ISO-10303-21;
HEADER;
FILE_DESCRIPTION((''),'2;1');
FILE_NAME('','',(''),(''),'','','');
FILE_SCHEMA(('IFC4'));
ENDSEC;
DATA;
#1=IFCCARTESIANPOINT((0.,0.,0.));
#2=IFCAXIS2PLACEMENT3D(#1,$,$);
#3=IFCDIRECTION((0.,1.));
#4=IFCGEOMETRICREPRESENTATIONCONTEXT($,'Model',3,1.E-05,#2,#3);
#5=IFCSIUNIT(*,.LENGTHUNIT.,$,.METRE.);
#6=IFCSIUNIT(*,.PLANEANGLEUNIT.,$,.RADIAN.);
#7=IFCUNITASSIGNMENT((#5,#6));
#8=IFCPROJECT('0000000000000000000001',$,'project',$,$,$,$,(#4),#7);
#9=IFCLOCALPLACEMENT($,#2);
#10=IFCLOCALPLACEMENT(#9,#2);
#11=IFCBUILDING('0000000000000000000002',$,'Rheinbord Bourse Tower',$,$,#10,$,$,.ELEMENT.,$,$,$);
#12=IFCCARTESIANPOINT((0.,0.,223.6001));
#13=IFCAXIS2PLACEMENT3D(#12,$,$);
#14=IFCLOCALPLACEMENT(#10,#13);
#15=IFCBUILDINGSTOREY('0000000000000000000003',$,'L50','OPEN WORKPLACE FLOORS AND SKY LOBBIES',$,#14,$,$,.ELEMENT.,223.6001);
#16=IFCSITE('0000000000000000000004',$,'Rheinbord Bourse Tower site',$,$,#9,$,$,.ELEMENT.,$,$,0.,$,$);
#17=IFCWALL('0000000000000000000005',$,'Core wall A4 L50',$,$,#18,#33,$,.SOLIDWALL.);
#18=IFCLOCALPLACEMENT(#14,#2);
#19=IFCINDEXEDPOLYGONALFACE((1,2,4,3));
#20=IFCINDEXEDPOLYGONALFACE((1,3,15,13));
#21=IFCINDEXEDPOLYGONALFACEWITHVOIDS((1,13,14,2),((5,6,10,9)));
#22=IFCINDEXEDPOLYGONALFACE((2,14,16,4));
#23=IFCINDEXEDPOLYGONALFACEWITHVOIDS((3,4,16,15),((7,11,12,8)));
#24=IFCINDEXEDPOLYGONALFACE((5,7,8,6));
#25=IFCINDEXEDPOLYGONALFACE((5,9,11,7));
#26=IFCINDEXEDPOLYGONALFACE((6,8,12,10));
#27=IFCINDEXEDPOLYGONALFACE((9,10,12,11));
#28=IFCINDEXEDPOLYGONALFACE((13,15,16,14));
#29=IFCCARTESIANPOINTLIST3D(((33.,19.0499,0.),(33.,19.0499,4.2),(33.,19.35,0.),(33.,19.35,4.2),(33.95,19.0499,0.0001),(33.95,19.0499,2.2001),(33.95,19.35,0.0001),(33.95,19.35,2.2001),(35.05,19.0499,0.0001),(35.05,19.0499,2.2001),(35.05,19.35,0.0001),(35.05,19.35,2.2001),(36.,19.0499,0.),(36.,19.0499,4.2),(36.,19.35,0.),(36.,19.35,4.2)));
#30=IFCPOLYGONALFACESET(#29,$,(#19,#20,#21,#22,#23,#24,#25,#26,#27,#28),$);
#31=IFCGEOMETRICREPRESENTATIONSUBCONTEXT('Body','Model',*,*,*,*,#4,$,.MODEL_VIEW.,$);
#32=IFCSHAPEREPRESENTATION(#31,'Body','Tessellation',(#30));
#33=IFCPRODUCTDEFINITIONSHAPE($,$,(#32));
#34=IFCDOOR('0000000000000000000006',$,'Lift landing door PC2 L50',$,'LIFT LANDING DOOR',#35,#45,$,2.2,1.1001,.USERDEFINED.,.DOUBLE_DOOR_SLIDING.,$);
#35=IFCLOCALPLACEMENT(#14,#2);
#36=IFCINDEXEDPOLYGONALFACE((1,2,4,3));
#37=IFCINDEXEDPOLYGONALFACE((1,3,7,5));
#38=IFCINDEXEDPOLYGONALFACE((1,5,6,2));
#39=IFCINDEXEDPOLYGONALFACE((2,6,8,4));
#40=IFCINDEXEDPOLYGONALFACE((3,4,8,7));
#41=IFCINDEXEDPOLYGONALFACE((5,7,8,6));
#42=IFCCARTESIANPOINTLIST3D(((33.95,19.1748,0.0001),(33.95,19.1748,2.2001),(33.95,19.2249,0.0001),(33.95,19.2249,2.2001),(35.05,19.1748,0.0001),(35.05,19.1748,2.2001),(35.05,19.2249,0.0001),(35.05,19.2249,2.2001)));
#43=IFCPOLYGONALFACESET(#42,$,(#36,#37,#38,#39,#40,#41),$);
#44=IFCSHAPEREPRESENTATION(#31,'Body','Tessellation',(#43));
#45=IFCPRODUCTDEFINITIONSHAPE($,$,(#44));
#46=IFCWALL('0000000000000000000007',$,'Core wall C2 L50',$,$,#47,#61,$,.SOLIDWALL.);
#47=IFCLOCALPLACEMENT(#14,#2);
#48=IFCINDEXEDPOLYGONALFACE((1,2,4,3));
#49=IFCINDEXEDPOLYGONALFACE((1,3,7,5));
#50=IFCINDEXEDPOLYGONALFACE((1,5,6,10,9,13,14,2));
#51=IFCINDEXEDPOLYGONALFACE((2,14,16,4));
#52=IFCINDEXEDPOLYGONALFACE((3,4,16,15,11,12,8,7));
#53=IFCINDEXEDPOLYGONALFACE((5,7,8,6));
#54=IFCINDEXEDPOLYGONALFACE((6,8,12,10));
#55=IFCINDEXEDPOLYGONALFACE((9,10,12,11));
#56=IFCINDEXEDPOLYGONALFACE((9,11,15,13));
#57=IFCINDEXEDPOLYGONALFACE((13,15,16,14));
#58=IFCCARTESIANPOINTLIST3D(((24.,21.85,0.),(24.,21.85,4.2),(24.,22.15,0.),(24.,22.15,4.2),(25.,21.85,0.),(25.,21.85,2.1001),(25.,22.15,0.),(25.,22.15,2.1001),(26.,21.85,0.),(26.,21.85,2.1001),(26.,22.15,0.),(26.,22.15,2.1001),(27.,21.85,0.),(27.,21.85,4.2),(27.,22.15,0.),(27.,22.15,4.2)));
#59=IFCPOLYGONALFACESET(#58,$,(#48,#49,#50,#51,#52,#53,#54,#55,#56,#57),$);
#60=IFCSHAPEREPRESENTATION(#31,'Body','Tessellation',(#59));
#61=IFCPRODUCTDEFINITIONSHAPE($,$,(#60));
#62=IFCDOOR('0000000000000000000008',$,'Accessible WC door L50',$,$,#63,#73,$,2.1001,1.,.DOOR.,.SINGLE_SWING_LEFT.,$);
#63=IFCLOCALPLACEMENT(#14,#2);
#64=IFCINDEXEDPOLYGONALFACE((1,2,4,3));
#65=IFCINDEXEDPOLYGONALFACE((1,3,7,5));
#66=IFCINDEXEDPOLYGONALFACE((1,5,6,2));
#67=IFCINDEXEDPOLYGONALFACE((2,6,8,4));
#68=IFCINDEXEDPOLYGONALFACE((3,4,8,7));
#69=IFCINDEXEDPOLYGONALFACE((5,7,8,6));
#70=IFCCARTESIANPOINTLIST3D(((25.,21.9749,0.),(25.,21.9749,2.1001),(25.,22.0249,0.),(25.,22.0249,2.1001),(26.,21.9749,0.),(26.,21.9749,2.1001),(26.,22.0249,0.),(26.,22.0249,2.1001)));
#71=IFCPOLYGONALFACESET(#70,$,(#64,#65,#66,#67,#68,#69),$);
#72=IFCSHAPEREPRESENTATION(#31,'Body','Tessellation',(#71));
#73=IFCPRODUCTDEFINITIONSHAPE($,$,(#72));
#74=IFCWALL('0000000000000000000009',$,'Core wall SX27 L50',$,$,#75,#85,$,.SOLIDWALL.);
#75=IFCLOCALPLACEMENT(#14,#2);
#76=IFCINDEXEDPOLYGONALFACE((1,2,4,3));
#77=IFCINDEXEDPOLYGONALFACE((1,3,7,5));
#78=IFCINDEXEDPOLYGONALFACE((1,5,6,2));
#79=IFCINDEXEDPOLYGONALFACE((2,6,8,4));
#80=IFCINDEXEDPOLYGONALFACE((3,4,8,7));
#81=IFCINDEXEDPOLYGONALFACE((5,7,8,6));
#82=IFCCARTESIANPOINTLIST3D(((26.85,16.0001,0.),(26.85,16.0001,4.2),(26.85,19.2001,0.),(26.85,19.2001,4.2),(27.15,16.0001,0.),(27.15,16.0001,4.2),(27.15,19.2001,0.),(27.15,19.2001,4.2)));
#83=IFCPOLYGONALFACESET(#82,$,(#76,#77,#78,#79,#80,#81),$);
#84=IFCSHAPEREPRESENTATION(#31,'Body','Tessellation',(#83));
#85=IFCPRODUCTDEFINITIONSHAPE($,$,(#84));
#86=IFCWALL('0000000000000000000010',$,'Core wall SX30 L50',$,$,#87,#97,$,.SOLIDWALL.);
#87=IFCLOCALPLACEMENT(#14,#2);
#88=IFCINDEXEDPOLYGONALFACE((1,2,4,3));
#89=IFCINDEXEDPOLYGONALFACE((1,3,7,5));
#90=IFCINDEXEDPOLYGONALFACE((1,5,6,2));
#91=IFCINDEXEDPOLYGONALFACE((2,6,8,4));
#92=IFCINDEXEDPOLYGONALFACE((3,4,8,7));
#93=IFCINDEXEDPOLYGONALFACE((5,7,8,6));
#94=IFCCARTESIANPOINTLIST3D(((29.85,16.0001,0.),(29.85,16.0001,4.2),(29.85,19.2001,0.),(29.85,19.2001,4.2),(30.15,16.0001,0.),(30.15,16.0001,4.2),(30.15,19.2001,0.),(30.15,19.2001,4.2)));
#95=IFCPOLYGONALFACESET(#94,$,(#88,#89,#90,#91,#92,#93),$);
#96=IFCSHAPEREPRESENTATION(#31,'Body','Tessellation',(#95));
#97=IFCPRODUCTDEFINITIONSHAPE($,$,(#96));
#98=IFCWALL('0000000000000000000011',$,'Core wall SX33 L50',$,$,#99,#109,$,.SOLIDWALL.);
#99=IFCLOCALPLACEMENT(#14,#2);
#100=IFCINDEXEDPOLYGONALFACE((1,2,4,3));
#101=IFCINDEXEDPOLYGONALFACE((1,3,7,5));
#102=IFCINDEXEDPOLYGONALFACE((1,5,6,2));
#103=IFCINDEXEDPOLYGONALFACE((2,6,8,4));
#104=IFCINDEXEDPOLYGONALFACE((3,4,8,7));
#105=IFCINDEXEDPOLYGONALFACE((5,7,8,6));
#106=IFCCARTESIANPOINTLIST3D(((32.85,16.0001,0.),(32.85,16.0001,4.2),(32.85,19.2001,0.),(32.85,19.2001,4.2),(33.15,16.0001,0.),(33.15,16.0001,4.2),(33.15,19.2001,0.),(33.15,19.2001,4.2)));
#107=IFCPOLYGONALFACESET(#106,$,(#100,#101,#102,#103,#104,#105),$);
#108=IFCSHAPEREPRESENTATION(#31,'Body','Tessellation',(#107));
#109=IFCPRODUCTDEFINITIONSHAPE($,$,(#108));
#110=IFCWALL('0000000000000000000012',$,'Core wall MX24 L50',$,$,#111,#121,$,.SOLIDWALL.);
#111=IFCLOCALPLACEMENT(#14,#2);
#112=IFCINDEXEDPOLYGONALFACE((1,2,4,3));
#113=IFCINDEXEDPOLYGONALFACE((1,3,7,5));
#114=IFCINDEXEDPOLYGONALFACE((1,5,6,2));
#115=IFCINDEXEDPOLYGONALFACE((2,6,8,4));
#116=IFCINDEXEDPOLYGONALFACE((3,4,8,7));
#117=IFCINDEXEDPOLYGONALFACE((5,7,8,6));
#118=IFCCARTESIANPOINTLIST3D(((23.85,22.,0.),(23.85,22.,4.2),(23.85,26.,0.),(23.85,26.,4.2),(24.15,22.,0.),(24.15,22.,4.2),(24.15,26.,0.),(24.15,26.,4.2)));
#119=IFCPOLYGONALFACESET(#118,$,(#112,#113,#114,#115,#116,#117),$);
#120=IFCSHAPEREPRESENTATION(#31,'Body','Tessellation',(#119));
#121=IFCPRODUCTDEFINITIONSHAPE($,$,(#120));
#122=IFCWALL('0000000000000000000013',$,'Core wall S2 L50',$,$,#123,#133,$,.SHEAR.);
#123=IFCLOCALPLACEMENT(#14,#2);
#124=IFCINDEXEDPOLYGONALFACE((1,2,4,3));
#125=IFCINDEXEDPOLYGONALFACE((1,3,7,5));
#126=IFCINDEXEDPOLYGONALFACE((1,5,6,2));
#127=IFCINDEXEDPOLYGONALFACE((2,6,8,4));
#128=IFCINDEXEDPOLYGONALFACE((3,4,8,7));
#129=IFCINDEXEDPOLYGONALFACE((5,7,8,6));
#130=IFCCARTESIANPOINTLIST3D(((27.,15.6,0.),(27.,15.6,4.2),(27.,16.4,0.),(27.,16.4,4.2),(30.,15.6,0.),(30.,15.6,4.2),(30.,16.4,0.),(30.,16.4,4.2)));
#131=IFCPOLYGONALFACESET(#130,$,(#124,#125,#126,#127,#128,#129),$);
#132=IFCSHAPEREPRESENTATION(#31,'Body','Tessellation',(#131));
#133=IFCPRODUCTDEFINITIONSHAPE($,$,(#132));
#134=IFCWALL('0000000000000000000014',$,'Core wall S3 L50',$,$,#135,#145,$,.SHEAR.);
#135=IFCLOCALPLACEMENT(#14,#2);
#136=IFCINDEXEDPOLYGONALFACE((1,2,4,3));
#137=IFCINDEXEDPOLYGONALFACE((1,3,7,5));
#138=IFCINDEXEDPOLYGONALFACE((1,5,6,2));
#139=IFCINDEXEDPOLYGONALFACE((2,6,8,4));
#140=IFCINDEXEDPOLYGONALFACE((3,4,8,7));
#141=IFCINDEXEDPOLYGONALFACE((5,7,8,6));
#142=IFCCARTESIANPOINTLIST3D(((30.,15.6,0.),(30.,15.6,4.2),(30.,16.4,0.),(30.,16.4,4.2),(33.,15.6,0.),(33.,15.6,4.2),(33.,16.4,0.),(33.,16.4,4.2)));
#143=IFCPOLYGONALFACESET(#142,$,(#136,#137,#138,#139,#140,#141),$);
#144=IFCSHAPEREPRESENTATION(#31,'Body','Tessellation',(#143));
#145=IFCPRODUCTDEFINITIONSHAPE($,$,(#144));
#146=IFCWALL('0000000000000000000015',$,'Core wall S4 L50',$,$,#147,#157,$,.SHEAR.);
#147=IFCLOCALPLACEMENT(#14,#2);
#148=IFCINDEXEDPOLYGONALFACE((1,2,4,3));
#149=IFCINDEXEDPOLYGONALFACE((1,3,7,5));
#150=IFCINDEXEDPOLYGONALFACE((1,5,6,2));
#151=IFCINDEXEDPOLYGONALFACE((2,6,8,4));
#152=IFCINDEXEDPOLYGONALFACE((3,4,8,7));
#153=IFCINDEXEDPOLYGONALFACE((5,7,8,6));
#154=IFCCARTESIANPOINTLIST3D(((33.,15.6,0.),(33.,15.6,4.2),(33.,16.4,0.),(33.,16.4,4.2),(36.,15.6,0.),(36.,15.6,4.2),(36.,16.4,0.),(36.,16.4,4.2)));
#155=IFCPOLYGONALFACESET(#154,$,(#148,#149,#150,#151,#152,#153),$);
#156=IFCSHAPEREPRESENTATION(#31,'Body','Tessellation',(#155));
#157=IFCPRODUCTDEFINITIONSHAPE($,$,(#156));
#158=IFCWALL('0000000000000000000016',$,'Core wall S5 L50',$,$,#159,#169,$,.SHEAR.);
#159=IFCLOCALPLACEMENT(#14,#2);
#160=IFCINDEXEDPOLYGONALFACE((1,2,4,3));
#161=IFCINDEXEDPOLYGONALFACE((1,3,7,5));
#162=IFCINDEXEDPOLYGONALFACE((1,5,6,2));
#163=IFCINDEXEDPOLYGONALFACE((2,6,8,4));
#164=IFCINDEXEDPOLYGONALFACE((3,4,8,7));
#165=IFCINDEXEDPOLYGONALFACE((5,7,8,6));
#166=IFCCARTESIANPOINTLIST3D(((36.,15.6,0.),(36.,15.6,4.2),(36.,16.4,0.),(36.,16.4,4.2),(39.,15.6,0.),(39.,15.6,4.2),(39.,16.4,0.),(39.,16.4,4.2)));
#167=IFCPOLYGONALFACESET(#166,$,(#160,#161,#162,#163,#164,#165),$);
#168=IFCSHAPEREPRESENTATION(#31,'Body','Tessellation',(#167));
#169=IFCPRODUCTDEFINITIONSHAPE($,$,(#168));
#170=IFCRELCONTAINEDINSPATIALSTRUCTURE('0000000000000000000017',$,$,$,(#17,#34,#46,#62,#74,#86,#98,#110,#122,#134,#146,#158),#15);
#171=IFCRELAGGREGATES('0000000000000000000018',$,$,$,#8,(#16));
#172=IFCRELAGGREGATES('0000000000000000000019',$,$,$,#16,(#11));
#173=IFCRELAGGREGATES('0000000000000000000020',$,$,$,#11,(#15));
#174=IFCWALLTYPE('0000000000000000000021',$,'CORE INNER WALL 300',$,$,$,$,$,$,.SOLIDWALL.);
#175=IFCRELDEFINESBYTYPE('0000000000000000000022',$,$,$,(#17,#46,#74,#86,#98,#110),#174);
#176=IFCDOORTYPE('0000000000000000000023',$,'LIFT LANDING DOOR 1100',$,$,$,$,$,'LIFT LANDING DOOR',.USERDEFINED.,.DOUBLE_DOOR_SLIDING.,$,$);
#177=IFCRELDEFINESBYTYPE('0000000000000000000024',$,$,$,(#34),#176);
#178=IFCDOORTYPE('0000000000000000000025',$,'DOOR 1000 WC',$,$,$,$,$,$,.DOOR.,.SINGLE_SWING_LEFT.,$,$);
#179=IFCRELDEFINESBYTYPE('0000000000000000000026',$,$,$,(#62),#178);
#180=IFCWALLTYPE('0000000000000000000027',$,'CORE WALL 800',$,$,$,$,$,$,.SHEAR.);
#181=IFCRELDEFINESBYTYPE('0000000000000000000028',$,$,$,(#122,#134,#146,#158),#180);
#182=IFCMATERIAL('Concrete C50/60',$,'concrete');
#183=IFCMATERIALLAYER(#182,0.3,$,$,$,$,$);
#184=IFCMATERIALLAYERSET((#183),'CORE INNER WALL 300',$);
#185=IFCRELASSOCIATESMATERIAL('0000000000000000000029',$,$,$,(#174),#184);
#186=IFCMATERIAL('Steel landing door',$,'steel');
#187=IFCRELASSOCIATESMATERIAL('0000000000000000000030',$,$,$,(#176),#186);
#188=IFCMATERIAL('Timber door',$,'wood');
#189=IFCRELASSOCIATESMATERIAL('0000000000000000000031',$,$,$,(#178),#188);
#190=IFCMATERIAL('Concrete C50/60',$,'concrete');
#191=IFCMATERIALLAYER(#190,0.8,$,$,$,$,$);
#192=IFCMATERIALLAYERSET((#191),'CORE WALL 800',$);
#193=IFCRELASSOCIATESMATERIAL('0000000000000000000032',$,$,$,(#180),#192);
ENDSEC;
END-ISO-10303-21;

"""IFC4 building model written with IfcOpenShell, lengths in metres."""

from ifc_helpers import new_model, si_unit, direction, frame, frame_2d, origin, place, context, subcontext, project, spatial, rectangle, extrude, material, layer, layer_set, type_object, element, fill, save


model = new_model("IFC4")

# Units and contexts
model_context = context("Model", 3, precision=1e-05, world=origin(), true_north=direction((0.0, 1.0)))
body_context = subcontext(model_context, "Body", "Model", "MODEL_VIEW")
ifc_project = project(units=[si_unit("LENGTHUNIT", "METRE"), si_unit("PLANEANGLEUNIT", "RADIAN")], contexts=[model_context])

# Site, building, storey
site_placement = place(None, origin())
site = spatial("IfcSite", under=ifc_project, at=site_placement, Name="Rheinbord Bourse Tower site", CompositionType="ELEMENT", RefElevation=0.0)
building_placement = place(site_placement, origin())
building = spatial("IfcBuilding", under=site, at=building_placement, Name="Rheinbord Bourse Tower", CompositionType="ELEMENT")
storey_placement = place(building_placement, frame((0.0, 0.0, 223.6001)))
storey = spatial("IfcBuildingStorey", under=building, at=storey_placement, Name="L50", Description="OPEN WORKPLACE FLOORS AND SKY LOBBIES", CompositionType="ELEMENT", Elevation=223.6001)

# Walls, openings, doors
ifc_material_1 = material(Name="Concrete C50/60", Category="concrete")
ifc_layer_1 = layer(ifc_material_1, 0.3)
ifc_layer_set_1 = layer_set([ifc_layer_1], Name="CORE INNER WALL 300")
wall_type_1 = type_object("IfcWallType", Name="CORE INNER WALL 300", PredefinedType="SOLIDWALL", material=ifc_layer_set_1)
ifc_material_2 = material(Name="Steel landing door", Category="steel")
door_type_1 = type_object("IfcDoorType", Name="LIFT LANDING DOOR 1100", ElementType="LIFT LANDING DOOR", OperationType="DOUBLE_DOOR_SLIDING", PredefinedType="USERDEFINED", material=ifc_material_2)
wall_1_placement = place(storey_placement, frame((33.0, 19.2, 0.0), z_axis=(0.0, 0.0, 1.0), x_axis=(1.0, 0.0, 0.0)))
wall_1 = element("IfcWall", 1, at=wall_1_placement, inside=storey, type_object=wall_type_1, Name="Core wall A4 L50", PredefinedType="SOLIDWALL", context=body_context, shape_type="SweptSolid", body=[
    extrude(rectangle(XDim=3.0, YDim=0.3, at=frame_2d((1.5, 0.0))), origin(), (0.0, 0.0, 1.0), 4.2),
])
opening_1_placement = place(wall_1_placement, frame((0.95, 0.0, 0.0)))
opening_1 = element("IfcOpeningElement", 2, at=opening_1_placement, cuts=wall_1, PredefinedType="OPENING", context=body_context, shape_type="SweptSolid", body=[
    extrude(rectangle(XDim=1.1001, YDim=2.2, at=frame_2d((0.55, 1.1001))), frame((0.0, 0.1599, 0.0), z_axis=(0.0, -1.0, 0.0), x_axis=(1.0, 0.0, 0.0)), (0.0, 0.0, 1.0), 0.3201),
])
door_1_placement = place(opening_1_placement, origin())
door_1 = element("IfcDoor", 3, at=door_1_placement, inside=storey, type_object=door_type_1, Name="Lift landing door PC2 L50", ObjectType="LIFT LANDING DOOR", OperationType="DOUBLE_DOOR_SLIDING", OverallHeight=2.2, OverallWidth=1.1001, PredefinedType="USERDEFINED", context=body_context, shape_type="SweptSolid", body=[
    extrude(rectangle(XDim=1.1001, YDim=2.2, at=frame_2d((0.55, 1.1001))), frame((0.0, 0.0249, 0.0), z_axis=(0.0, -1.0, 0.0), x_axis=(1.0, 0.0, 0.0)), (0.0, 0.0, 1.0), 0.05),
])
fill(opening_1, door_1)
wall_2_placement = place(storey_placement, frame((24.0, 22.0, 0.0), z_axis=(0.0, 0.0, 1.0), x_axis=(1.0, 0.0, 0.0)))
wall_2 = element("IfcWall", 4, at=wall_2_placement, inside=storey, type_object=wall_type_1, Name="Core wall C2 L50", PredefinedType="SOLIDWALL", context=body_context, shape_type="SweptSolid", body=[
    extrude(rectangle(XDim=3.0, YDim=0.3, at=frame_2d((1.5, 0.0))), origin(), (0.0, 0.0, 1.0), 4.2),
])
opening_2_placement = place(wall_2_placement, frame((1.0, 0.0, 0.0)))
opening_2 = element("IfcOpeningElement", 5, at=opening_2_placement, cuts=wall_2, PredefinedType="OPENING", context=body_context, shape_type="SweptSolid", body=[
    extrude(rectangle(XDim=1.0, YDim=2.1001, at=frame_2d((0.5, 1.05))), frame((0.0, 0.1599, 0.0), z_axis=(0.0, -1.0, 0.0), x_axis=(1.0, 0.0, 0.0)), (0.0, 0.0, 1.0), 0.3201),
])
ifc_material_3 = material(Name="Timber door", Category="wood")
door_type_2 = type_object("IfcDoorType", Name="DOOR 1000 WC", OperationType="SINGLE_SWING_LEFT", PredefinedType="DOOR", material=ifc_material_3)
door_2_placement = place(opening_2_placement, origin())
door_2 = element("IfcDoor", 6, at=door_2_placement, inside=storey, type_object=door_type_2, Name="Accessible WC door L50", OperationType="SINGLE_SWING_LEFT", OverallHeight=2.1001, OverallWidth=1.0, PredefinedType="DOOR", context=body_context, shape_type="SweptSolid", body=[
    extrude(rectangle(XDim=1.0, YDim=2.1001, at=frame_2d((0.5, 1.05))), frame((0.0, 0.0249, 0.0), z_axis=(0.0, -1.0, 0.0), x_axis=(1.0, 0.0, 0.0)), (0.0, 0.0, 1.0), 0.05),
])
fill(opening_2, door_2)

# Walls
for number, where, z_axis, x_axis, name in (
    (7, (27.0, 16.0, 0.0), (0.0, 0.0, 1.0), (0.0, 1.0, 0.0), "Core wall SX27 L50"),
    (8, (30.0, 16.0, 0.0), (0.0, 0.0, 1.0), (0.0, 1.0, 0.0), "Core wall SX30 L50"),
    (9, (33.0, 16.0, 0.0), (0.0, 0.0, 1.0), (0.0, 1.0, 0.0), "Core wall SX33 L50"),
):
    element("IfcWall", number, at=place(storey_placement, frame(where, z_axis=z_axis, x_axis=x_axis)), inside=storey, type_object=wall_type_1, Name=name, PredefinedType="SOLIDWALL", context=body_context, shape_type="SweptSolid", body=[
        extrude(rectangle(XDim=3.2, YDim=0.3, at=frame_2d((1.6001, 0.0))), origin(), (0.0, 0.0, 1.0), 4.2),
    ])
wall_3_placement = place(storey_placement, frame((24.0, 22.0, 0.0), z_axis=(0.0, 0.0, 1.0), x_axis=(0.0, 1.0, 0.0)))
element("IfcWall", 10, at=wall_3_placement, inside=storey, type_object=wall_type_1, Name="Core wall MX24 L50", PredefinedType="SOLIDWALL", context=body_context, shape_type="SweptSolid", body=[
    extrude(rectangle(XDim=4.0, YDim=0.3, at=frame_2d((2.0, 0.0))), origin(), (0.0, 0.0, 1.0), 4.2),
])
ifc_material_4 = material(Name="Concrete C50/60", Category="concrete")
ifc_layer_2 = layer(ifc_material_4, 0.8)
ifc_layer_set_2 = layer_set([ifc_layer_2], Name="CORE WALL 800")
wall_type_2 = type_object("IfcWallType", Name="CORE WALL 800", PredefinedType="SHEAR", material=ifc_layer_set_2)
for number, where, z_axis, x_axis, name in (
    (11, (27.0, 16.0, 0.0), (0.0, 0.0, 1.0), (1.0, 0.0, 0.0), "Core wall S2 L50"),
    (12, (30.0, 16.0, 0.0), (0.0, 0.0, 1.0), (1.0, 0.0, 0.0), "Core wall S3 L50"),
    (13, (33.0, 16.0, 0.0), (0.0, 0.0, 1.0), (1.0, 0.0, 0.0), "Core wall S4 L50"),
    (14, (36.0, 16.0, 0.0), (0.0, 0.0, 1.0), (1.0, 0.0, 0.0), "Core wall S5 L50"),
):
    element("IfcWall", number, at=place(storey_placement, frame(where, z_axis=z_axis, x_axis=x_axis)), inside=storey, type_object=wall_type_2, Name=name, PredefinedType="SHEAR", context=body_context, shape_type="SweptSolid", body=[
        extrude(rectangle(XDim=3.0, YDim=0.8, at=frame_2d((1.5, 0.0))), origin(), (0.0, 0.0, 1.0), 4.2),
    ])

save(model, "model.ifc")
